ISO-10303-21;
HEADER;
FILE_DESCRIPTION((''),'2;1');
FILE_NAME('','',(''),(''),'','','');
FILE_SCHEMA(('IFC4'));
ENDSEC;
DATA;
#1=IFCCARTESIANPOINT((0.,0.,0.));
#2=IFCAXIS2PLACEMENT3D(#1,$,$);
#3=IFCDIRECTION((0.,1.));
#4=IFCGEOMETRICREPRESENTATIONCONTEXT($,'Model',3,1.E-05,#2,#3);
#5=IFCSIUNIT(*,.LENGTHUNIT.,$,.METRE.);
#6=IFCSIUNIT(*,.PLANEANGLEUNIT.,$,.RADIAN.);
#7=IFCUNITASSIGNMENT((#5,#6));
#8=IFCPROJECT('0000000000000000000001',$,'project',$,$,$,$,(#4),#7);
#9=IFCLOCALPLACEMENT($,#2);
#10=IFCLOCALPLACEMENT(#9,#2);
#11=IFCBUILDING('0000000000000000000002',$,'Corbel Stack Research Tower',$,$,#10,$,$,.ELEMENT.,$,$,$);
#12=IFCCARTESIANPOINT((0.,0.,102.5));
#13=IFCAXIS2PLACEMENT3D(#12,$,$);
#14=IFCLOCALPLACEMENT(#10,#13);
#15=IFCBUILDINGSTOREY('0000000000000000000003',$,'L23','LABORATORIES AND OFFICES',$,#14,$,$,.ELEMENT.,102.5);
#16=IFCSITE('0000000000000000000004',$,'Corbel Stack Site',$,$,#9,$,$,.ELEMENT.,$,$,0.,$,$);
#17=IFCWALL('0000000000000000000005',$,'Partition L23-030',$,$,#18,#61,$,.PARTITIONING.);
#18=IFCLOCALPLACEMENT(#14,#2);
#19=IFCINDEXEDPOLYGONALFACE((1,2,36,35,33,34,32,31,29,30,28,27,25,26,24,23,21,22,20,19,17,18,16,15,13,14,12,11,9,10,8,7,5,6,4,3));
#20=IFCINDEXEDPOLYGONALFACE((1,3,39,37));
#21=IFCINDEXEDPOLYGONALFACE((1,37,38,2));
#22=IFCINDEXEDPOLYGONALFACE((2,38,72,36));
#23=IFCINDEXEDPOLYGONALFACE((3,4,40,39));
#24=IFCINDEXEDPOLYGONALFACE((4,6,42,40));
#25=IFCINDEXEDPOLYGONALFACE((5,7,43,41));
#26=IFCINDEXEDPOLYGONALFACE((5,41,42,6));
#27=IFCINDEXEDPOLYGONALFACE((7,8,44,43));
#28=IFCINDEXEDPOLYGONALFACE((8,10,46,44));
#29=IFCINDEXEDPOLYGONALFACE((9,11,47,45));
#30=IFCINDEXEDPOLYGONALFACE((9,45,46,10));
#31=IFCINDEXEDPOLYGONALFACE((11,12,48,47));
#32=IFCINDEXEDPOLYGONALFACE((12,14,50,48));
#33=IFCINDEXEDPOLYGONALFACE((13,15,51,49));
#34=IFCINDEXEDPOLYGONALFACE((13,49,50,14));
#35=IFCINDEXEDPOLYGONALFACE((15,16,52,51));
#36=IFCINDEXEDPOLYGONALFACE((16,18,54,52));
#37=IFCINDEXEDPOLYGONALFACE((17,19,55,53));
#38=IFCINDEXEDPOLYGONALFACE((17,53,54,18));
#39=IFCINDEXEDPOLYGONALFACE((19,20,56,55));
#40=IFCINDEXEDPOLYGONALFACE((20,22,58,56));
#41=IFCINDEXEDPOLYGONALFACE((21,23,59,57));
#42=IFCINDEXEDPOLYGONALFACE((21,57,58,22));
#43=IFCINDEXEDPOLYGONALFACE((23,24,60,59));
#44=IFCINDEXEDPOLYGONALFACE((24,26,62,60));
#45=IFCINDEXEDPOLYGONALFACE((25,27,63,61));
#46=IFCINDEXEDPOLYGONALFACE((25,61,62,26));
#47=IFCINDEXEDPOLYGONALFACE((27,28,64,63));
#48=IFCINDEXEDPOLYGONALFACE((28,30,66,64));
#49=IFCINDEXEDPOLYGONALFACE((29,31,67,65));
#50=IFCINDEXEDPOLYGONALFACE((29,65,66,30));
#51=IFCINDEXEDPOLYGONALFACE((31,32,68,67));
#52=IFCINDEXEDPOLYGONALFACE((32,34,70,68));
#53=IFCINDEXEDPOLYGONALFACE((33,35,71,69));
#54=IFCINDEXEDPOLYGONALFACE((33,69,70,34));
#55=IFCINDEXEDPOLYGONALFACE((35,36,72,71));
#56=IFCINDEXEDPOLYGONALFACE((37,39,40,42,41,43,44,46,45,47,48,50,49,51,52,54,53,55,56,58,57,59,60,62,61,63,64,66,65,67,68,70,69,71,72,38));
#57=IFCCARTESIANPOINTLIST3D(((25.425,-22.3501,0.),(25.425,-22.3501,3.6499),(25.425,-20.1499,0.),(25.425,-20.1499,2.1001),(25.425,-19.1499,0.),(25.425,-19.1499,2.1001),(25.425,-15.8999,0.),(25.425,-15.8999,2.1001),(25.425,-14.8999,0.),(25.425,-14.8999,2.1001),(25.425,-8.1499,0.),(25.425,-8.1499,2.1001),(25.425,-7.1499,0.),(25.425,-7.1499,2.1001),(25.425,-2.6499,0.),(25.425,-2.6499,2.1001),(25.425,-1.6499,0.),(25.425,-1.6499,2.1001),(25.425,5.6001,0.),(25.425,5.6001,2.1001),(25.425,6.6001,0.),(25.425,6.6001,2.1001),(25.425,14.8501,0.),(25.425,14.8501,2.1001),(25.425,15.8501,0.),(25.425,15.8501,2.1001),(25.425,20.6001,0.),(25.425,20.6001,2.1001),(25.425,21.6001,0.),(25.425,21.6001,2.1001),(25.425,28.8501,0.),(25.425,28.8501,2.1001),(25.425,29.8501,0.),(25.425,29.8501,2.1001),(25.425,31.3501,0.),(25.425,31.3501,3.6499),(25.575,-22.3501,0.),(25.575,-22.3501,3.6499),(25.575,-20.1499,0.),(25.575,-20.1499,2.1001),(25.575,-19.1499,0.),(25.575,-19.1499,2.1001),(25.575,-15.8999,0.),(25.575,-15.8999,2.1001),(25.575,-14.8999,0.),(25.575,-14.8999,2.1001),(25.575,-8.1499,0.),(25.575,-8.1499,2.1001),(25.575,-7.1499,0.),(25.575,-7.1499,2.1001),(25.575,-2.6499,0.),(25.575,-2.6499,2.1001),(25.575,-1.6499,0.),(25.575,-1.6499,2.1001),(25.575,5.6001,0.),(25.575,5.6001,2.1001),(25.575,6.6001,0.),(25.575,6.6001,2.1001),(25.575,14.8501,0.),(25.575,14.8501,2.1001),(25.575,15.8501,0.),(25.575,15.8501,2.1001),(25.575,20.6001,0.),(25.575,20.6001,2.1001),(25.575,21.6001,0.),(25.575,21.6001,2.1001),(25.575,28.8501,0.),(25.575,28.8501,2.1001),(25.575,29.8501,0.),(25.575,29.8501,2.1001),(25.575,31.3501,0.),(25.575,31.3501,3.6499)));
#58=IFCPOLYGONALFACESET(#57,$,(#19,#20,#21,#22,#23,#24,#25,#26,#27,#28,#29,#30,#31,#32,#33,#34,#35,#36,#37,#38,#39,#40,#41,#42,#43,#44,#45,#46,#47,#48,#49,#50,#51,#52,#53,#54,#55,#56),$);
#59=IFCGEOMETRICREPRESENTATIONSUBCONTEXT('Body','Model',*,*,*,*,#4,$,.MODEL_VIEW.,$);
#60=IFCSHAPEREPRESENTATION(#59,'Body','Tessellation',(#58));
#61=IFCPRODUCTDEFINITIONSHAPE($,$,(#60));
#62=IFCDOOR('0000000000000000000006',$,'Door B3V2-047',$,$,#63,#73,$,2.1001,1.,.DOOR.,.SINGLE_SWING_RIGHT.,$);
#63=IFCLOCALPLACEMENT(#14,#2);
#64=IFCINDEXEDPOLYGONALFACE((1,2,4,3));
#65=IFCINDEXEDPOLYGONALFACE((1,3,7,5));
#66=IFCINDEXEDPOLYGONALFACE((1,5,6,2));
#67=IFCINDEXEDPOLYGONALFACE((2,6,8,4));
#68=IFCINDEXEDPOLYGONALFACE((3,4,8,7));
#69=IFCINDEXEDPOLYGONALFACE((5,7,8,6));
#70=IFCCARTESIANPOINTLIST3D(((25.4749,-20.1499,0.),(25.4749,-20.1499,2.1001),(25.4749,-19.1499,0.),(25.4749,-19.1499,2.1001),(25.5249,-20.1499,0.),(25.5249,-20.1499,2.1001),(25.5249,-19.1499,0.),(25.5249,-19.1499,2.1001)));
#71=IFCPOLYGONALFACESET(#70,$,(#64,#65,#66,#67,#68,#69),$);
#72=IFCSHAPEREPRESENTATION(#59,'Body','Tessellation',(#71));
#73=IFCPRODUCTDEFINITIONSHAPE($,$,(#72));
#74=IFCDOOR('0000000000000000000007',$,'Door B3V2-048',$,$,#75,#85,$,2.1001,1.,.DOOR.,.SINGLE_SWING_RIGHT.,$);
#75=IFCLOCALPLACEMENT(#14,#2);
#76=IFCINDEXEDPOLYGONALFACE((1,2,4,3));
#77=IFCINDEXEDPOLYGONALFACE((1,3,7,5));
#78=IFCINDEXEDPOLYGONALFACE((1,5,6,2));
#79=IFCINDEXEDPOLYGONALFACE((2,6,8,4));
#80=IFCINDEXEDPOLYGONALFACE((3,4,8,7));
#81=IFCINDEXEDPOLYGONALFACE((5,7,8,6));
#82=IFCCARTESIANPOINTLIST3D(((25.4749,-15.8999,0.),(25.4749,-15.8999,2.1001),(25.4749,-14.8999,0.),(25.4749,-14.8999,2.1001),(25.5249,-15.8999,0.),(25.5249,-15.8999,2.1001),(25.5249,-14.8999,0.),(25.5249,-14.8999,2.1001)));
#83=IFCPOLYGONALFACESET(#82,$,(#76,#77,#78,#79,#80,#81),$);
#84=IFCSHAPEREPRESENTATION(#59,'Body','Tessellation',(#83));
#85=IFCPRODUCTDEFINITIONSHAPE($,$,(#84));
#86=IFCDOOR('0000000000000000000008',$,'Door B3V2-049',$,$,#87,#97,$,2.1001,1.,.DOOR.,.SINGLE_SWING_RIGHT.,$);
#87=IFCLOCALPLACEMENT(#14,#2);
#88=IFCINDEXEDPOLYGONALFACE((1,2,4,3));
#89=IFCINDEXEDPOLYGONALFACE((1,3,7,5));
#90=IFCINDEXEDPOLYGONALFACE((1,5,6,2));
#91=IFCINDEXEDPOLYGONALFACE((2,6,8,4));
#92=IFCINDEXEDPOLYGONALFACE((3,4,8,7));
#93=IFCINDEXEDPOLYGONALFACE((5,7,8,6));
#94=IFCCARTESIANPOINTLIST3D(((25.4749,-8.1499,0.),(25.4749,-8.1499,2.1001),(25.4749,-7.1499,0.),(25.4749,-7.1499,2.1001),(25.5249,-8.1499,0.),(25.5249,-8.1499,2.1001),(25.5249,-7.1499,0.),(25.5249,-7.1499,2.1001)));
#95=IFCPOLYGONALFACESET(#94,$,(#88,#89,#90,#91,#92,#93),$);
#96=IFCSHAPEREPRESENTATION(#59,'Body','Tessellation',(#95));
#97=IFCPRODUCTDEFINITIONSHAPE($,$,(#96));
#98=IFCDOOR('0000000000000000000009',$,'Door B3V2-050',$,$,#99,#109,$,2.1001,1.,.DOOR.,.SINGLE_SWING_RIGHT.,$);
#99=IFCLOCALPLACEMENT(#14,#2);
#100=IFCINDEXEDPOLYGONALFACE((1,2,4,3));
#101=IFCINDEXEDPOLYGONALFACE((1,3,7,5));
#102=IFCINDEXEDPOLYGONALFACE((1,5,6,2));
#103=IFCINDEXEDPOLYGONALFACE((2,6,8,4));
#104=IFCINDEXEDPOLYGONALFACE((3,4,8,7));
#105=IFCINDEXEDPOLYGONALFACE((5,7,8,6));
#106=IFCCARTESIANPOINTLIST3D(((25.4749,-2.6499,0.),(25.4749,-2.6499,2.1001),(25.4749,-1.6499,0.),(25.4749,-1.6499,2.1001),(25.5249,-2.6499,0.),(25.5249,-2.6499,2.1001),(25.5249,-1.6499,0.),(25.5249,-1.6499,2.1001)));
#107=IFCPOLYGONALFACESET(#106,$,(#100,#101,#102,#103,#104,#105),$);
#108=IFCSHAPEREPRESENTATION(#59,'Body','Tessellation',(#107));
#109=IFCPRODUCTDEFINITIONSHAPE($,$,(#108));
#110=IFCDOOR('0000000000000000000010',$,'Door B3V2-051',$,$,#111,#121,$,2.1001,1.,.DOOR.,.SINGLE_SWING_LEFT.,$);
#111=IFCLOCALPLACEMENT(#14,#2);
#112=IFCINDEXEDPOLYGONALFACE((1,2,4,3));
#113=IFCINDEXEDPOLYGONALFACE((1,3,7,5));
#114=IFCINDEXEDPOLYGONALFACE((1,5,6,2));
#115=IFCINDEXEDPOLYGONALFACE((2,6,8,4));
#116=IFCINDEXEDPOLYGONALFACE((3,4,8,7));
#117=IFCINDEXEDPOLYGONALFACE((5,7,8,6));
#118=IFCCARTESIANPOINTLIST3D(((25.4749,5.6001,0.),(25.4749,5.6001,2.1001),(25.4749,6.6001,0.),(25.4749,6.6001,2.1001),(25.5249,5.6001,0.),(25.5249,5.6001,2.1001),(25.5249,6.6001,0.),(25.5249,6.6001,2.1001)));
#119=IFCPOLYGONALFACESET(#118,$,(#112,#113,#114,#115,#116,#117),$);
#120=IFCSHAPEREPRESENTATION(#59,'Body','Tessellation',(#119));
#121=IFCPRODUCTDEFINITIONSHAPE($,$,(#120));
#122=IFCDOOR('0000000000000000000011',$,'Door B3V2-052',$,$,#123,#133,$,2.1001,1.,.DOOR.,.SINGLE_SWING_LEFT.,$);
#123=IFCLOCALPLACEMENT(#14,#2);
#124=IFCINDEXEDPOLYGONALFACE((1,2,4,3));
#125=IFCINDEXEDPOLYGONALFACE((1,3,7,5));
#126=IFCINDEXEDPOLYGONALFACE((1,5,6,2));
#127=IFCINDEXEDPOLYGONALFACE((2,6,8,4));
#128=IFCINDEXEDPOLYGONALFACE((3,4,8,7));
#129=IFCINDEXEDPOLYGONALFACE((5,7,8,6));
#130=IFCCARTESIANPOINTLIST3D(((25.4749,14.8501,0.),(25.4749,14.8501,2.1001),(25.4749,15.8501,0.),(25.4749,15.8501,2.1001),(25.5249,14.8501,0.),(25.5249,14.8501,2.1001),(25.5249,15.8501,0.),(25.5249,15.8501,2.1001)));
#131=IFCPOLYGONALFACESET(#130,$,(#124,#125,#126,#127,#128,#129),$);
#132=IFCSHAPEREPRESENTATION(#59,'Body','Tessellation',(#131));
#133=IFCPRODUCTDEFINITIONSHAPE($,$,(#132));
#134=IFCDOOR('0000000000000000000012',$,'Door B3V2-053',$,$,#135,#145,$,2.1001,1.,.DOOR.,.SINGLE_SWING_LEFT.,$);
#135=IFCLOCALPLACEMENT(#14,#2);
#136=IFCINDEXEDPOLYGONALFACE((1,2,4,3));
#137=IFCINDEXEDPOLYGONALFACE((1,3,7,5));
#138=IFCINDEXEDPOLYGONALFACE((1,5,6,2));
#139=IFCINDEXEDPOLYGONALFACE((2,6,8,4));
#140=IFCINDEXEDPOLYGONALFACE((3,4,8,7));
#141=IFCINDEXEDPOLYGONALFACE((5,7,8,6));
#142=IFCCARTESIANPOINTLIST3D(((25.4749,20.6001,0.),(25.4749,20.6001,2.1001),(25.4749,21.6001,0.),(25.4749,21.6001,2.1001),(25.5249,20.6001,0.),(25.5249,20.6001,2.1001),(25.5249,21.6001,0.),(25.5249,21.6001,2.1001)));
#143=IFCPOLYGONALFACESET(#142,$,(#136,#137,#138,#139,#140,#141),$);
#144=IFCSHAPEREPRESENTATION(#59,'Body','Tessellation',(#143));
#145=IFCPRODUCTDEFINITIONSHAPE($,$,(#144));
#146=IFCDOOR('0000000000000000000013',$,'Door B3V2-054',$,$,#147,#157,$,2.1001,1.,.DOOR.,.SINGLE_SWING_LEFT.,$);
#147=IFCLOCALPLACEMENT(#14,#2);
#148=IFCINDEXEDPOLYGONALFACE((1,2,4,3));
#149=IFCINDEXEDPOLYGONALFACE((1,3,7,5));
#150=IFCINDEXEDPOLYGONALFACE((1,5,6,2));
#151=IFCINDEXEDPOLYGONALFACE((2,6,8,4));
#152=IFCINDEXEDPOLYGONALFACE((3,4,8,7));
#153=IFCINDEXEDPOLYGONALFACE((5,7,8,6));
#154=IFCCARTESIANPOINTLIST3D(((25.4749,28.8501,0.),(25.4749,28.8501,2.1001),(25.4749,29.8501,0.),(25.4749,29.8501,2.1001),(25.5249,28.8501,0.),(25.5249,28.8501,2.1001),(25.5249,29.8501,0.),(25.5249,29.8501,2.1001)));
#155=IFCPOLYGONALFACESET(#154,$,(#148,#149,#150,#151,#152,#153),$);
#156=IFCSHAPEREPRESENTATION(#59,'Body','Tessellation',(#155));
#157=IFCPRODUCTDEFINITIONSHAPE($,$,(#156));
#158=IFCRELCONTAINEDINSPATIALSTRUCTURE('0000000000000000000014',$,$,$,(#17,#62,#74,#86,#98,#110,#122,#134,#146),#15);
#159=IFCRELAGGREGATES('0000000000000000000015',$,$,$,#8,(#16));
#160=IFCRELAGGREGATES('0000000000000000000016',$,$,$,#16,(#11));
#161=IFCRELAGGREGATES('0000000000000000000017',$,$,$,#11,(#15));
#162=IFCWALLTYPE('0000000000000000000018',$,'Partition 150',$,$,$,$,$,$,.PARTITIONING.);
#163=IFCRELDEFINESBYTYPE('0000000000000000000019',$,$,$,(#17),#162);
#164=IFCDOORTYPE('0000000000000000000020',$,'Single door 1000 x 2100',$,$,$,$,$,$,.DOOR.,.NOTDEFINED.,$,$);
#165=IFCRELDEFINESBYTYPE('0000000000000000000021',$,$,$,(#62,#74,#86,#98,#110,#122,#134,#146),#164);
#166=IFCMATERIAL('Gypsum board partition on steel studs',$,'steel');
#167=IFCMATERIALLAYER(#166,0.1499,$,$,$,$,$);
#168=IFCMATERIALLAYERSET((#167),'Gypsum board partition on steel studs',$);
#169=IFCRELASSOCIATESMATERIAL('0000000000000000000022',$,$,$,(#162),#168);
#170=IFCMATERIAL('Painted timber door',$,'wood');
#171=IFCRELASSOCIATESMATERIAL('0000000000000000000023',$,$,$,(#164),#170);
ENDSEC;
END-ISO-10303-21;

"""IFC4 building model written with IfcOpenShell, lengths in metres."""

from ifc_helpers import new_model, si_unit, direction, frame, frame_2d, origin, place, context, subcontext, project, spatial, rectangle, extrude, material, layer, layer_set, type_object, element, fill, save


model = new_model("IFC4")

# Units and contexts
model_context = context("Model", 3, precision=1e-05, world=origin(), true_north=direction((0.0, 1.0)))
body_context = subcontext(model_context, "Body", "Model", "MODEL_VIEW")
ifc_project = project(units=[si_unit("LENGTHUNIT", "METRE"), si_unit("PLANEANGLEUNIT", "RADIAN")], contexts=[model_context])

# Site, building, storey
site_placement = place(None, origin())
site = spatial("IfcSite", under=ifc_project, at=site_placement, Name="Corbel Stack Site", CompositionType="ELEMENT", RefElevation=0.0)
building_placement = place(site_placement, origin())
building = spatial("IfcBuilding", under=site, at=building_placement, Name="Corbel Stack Research Tower", CompositionType="ELEMENT")
storey_placement = place(building_placement, frame((0.0, 0.0, 102.5)))
storey = spatial("IfcBuildingStorey", under=building, at=storey_placement, Name="L23", Description="LABORATORIES AND OFFICES", CompositionType="ELEMENT", Elevation=102.5)

# Wall, openings, doors
ifc_material_1 = material(Name="Gypsum board partition on steel studs", Category="steel")
ifc_layer_1 = layer(ifc_material_1, 0.1499)
ifc_layer_set_1 = layer_set([ifc_layer_1], Name="Gypsum board partition on steel studs")
wall_type_1 = type_object("IfcWallType", Name="Partition 150", PredefinedType="PARTITIONING", material=ifc_layer_set_1)
wall_1_placement = place(storey_placement, frame((25.5, 31.3501, 0.0), z_axis=(0.0, 0.0, 1.0), x_axis=(0.0, -1.0, 0.0)))
wall_1 = element("IfcWall", 1, at=wall_1_placement, inside=storey, type_object=wall_type_1, Name="Partition L23-030", PredefinedType="PARTITIONING", context=body_context, shape_type="SweptSolid", body=[
    extrude(rectangle(XDim=53.7002, YDim=0.1499, at=frame_2d((26.8501, 0.0))), origin(), (0.0, 0.0, 1.0), 3.6499),
])
opening_1_placement = place(wall_1_placement, frame((50.5, 0.0, 0.0)))
opening_1 = element("IfcOpeningElement", 2, at=opening_1_placement, cuts=wall_1, PredefinedType="OPENING", context=body_context, shape_type="SweptSolid", body=[
    extrude(rectangle(XDim=1.0, YDim=2.1001, at=frame_2d((0.5, 1.05))), frame((0.0, 0.085, 0.0), z_axis=(0.0, -1.0, 0.0), x_axis=(1.0, 0.0, 0.0)), (0.0, 0.0, 1.0), 0.1699),
])
opening_2_placement = place(wall_1_placement, frame((46.25, 0.0, 0.0)))
opening_2 = element("IfcOpeningElement", 3, at=opening_2_placement, cuts=wall_1, PredefinedType="OPENING", context=body_context, shape_type="SweptSolid", body=[
    extrude(rectangle(XDim=1.0, YDim=2.1001, at=frame_2d((0.5, 1.05))), frame((0.0, 0.085, 0.0), z_axis=(0.0, -1.0, 0.0), x_axis=(1.0, 0.0, 0.0)), (0.0, 0.0, 1.0), 0.1699),
])
opening_3_placement = place(wall_1_placement, frame((38.5, 0.0, 0.0)))
opening_3 = element("IfcOpeningElement", 4, at=opening_3_placement, cuts=wall_1, PredefinedType="OPENING", context=body_context, shape_type="SweptSolid", body=[
    extrude(rectangle(XDim=1.0, YDim=2.1001, at=frame_2d((0.5, 1.05))), frame((0.0, 0.085, 0.0), z_axis=(0.0, -1.0, 0.0), x_axis=(1.0, 0.0, 0.0)), (0.0, 0.0, 1.0), 0.1699),
])
opening_4_placement = place(wall_1_placement, frame((33.0, 0.0, 0.0)))
opening_4 = element("IfcOpeningElement", 5, at=opening_4_placement, cuts=wall_1, PredefinedType="OPENING", context=body_context, shape_type="SweptSolid", body=[
    extrude(rectangle(XDim=1.0, YDim=2.1001, at=frame_2d((0.5, 1.05))), frame((0.0, 0.085, 0.0), z_axis=(0.0, -1.0, 0.0), x_axis=(1.0, 0.0, 0.0)), (0.0, 0.0, 1.0), 0.1699),
])
opening_5_placement = place(wall_1_placement, frame((24.75, 0.0, 0.0)))
opening_5 = element("IfcOpeningElement", 6, at=opening_5_placement, cuts=wall_1, PredefinedType="OPENING", context=body_context, shape_type="SweptSolid", body=[
    extrude(rectangle(XDim=1.0, YDim=2.1001, at=frame_2d((0.5, 1.05))), frame((0.0, 0.085, 0.0), z_axis=(0.0, -1.0, 0.0), x_axis=(1.0, 0.0, 0.0)), (0.0, 0.0, 1.0), 0.1699),
])
opening_6_placement = place(wall_1_placement, frame((15.5, 0.0, 0.0)))
opening_6 = element("IfcOpeningElement", 7, at=opening_6_placement, cuts=wall_1, PredefinedType="OPENING", context=body_context, shape_type="SweptSolid", body=[
    extrude(rectangle(XDim=1.0, YDim=2.1001, at=frame_2d((0.5, 1.05))), frame((0.0, 0.085, 0.0), z_axis=(0.0, -1.0, 0.0), x_axis=(1.0, 0.0, 0.0)), (0.0, 0.0, 1.0), 0.1699),
])
opening_7_placement = place(wall_1_placement, frame((9.75, 0.0, 0.0)))
opening_7 = element("IfcOpeningElement", 8, at=opening_7_placement, cuts=wall_1, PredefinedType="OPENING", context=body_context, shape_type="SweptSolid", body=[
    extrude(rectangle(XDim=1.0, YDim=2.1001, at=frame_2d((0.5, 1.05))), frame((0.0, 0.085, 0.0), z_axis=(0.0, -1.0, 0.0), x_axis=(1.0, 0.0, 0.0)), (0.0, 0.0, 1.0), 0.1699),
])
opening_8_placement = place(wall_1_placement, frame((1.5, 0.0, 0.0)))
opening_8 = element("IfcOpeningElement", 9, at=opening_8_placement, cuts=wall_1, PredefinedType="OPENING", context=body_context, shape_type="SweptSolid", body=[
    extrude(rectangle(XDim=1.0, YDim=2.1001, at=frame_2d((0.5, 1.05))), frame((0.0, 0.085, 0.0), z_axis=(0.0, -1.0, 0.0), x_axis=(1.0, 0.0, 0.0)), (0.0, 0.0, 1.0), 0.1699),
])
ifc_material_2 = material(Name="Painted timber door", Category="wood")
door_type_1 = type_object("IfcDoorType", Name="Single door 1000 x 2100", OperationType="NOTDEFINED", PredefinedType="DOOR", material=ifc_material_2)
door_1_placement = place(opening_1_placement, origin())
door_1 = element("IfcDoor", 10, at=door_1_placement, inside=storey, type_object=door_type_1, Name="Door B3V2-047", OperationType="SINGLE_SWING_RIGHT", OverallHeight=2.1001, OverallWidth=1.0, PredefinedType="DOOR", context=body_context, shape_type="SweptSolid", body=[
    extrude(rectangle(XDim=1.0, YDim=2.1001, at=frame_2d((0.5, 1.05))), frame((0.0, 0.0249, 0.0), z_axis=(0.0, -1.0, 0.0), x_axis=(1.0, 0.0, 0.0)), (0.0, 0.0, 1.0), 0.05),
])
fill(opening_1, door_1)
door_2_placement = place(opening_2_placement, origin())
door_2 = element("IfcDoor", 11, at=door_2_placement, inside=storey, type_object=door_type_1, Name="Door B3V2-048", OperationType="SINGLE_SWING_RIGHT", OverallHeight=2.1001, OverallWidth=1.0, PredefinedType="DOOR", context=body_context, shape_type="SweptSolid", body=[
    extrude(rectangle(XDim=1.0, YDim=2.1001, at=frame_2d((0.5, 1.05))), frame((0.0, 0.0249, 0.0), z_axis=(0.0, -1.0, 0.0), x_axis=(1.0, 0.0, 0.0)), (0.0, 0.0, 1.0), 0.05),
])
fill(opening_2, door_2)
door_3_placement = place(opening_3_placement, origin())
door_3 = element("IfcDoor", 12, at=door_3_placement, inside=storey, type_object=door_type_1, Name="Door B3V2-049", OperationType="SINGLE_SWING_RIGHT", OverallHeight=2.1001, OverallWidth=1.0, PredefinedType="DOOR", context=body_context, shape_type="SweptSolid", body=[
    extrude(rectangle(XDim=1.0, YDim=2.1001, at=frame_2d((0.5, 1.05))), frame((0.0, 0.0249, 0.0), z_axis=(0.0, -1.0, 0.0), x_axis=(1.0, 0.0, 0.0)), (0.0, 0.0, 1.0), 0.05),
])
fill(opening_3, door_3)
door_4_placement = place(opening_4_placement, origin())
door_4 = element("IfcDoor", 13, at=door_4_placement, inside=storey, type_object=door_type_1, Name="Door B3V2-050", OperationType="SINGLE_SWING_RIGHT", OverallHeight=2.1001, OverallWidth=1.0, PredefinedType="DOOR", context=body_context, shape_type="SweptSolid", body=[
    extrude(rectangle(XDim=1.0, YDim=2.1001, at=frame_2d((0.5, 1.05))), frame((0.0, 0.0249, 0.0), z_axis=(0.0, -1.0, 0.0), x_axis=(1.0, 0.0, 0.0)), (0.0, 0.0, 1.0), 0.05),
])
fill(opening_4, door_4)
door_5_placement = place(opening_5_placement, origin())
door_5 = element("IfcDoor", 14, at=door_5_placement, inside=storey, type_object=door_type_1, Name="Door B3V2-051", OperationType="SINGLE_SWING_LEFT", OverallHeight=2.1001, OverallWidth=1.0, PredefinedType="DOOR", context=body_context, shape_type="SweptSolid", body=[
    extrude(rectangle(XDim=1.0, YDim=2.1001, at=frame_2d((0.5, 1.05))), frame((0.0, 0.0249, 0.0), z_axis=(0.0, -1.0, 0.0), x_axis=(1.0, 0.0, 0.0)), (0.0, 0.0, 1.0), 0.05),
])
fill(opening_5, door_5)
door_6_placement = place(opening_6_placement, origin())
door_6 = element("IfcDoor", 15, at=door_6_placement, inside=storey, type_object=door_type_1, Name="Door B3V2-052", OperationType="SINGLE_SWING_LEFT", OverallHeight=2.1001, OverallWidth=1.0, PredefinedType="DOOR", context=body_context, shape_type="SweptSolid", body=[
    extrude(rectangle(XDim=1.0, YDim=2.1001, at=frame_2d((0.5, 1.05))), frame((0.0, 0.0249, 0.0), z_axis=(0.0, -1.0, 0.0), x_axis=(1.0, 0.0, 0.0)), (0.0, 0.0, 1.0), 0.05),
])
fill(opening_6, door_6)
door_7_placement = place(opening_7_placement, origin())
door_7 = element("IfcDoor", 16, at=door_7_placement, inside=storey, type_object=door_type_1, Name="Door B3V2-053", OperationType="SINGLE_SWING_LEFT", OverallHeight=2.1001, OverallWidth=1.0, PredefinedType="DOOR", context=body_context, shape_type="SweptSolid", body=[
    extrude(rectangle(XDim=1.0, YDim=2.1001, at=frame_2d((0.5, 1.05))), frame((0.0, 0.0249, 0.0), z_axis=(0.0, -1.0, 0.0), x_axis=(1.0, 0.0, 0.0)), (0.0, 0.0, 1.0), 0.05),
])
fill(opening_7, door_7)
door_8_placement = place(opening_8_placement, origin())
door_8 = element("IfcDoor", 17, at=door_8_placement, inside=storey, type_object=door_type_1, Name="Door B3V2-054", OperationType="SINGLE_SWING_LEFT", OverallHeight=2.1001, OverallWidth=1.0, PredefinedType="DOOR", context=body_context, shape_type="SweptSolid", body=[
    extrude(rectangle(XDim=1.0, YDim=2.1001, at=frame_2d((0.5, 1.05))), frame((0.0, 0.0249, 0.0), z_axis=(0.0, -1.0, 0.0), x_axis=(1.0, 0.0, 0.0)), (0.0, 0.0, 1.0), 0.05),
])
fill(opening_8, door_8)

save(model, "model.ifc")
